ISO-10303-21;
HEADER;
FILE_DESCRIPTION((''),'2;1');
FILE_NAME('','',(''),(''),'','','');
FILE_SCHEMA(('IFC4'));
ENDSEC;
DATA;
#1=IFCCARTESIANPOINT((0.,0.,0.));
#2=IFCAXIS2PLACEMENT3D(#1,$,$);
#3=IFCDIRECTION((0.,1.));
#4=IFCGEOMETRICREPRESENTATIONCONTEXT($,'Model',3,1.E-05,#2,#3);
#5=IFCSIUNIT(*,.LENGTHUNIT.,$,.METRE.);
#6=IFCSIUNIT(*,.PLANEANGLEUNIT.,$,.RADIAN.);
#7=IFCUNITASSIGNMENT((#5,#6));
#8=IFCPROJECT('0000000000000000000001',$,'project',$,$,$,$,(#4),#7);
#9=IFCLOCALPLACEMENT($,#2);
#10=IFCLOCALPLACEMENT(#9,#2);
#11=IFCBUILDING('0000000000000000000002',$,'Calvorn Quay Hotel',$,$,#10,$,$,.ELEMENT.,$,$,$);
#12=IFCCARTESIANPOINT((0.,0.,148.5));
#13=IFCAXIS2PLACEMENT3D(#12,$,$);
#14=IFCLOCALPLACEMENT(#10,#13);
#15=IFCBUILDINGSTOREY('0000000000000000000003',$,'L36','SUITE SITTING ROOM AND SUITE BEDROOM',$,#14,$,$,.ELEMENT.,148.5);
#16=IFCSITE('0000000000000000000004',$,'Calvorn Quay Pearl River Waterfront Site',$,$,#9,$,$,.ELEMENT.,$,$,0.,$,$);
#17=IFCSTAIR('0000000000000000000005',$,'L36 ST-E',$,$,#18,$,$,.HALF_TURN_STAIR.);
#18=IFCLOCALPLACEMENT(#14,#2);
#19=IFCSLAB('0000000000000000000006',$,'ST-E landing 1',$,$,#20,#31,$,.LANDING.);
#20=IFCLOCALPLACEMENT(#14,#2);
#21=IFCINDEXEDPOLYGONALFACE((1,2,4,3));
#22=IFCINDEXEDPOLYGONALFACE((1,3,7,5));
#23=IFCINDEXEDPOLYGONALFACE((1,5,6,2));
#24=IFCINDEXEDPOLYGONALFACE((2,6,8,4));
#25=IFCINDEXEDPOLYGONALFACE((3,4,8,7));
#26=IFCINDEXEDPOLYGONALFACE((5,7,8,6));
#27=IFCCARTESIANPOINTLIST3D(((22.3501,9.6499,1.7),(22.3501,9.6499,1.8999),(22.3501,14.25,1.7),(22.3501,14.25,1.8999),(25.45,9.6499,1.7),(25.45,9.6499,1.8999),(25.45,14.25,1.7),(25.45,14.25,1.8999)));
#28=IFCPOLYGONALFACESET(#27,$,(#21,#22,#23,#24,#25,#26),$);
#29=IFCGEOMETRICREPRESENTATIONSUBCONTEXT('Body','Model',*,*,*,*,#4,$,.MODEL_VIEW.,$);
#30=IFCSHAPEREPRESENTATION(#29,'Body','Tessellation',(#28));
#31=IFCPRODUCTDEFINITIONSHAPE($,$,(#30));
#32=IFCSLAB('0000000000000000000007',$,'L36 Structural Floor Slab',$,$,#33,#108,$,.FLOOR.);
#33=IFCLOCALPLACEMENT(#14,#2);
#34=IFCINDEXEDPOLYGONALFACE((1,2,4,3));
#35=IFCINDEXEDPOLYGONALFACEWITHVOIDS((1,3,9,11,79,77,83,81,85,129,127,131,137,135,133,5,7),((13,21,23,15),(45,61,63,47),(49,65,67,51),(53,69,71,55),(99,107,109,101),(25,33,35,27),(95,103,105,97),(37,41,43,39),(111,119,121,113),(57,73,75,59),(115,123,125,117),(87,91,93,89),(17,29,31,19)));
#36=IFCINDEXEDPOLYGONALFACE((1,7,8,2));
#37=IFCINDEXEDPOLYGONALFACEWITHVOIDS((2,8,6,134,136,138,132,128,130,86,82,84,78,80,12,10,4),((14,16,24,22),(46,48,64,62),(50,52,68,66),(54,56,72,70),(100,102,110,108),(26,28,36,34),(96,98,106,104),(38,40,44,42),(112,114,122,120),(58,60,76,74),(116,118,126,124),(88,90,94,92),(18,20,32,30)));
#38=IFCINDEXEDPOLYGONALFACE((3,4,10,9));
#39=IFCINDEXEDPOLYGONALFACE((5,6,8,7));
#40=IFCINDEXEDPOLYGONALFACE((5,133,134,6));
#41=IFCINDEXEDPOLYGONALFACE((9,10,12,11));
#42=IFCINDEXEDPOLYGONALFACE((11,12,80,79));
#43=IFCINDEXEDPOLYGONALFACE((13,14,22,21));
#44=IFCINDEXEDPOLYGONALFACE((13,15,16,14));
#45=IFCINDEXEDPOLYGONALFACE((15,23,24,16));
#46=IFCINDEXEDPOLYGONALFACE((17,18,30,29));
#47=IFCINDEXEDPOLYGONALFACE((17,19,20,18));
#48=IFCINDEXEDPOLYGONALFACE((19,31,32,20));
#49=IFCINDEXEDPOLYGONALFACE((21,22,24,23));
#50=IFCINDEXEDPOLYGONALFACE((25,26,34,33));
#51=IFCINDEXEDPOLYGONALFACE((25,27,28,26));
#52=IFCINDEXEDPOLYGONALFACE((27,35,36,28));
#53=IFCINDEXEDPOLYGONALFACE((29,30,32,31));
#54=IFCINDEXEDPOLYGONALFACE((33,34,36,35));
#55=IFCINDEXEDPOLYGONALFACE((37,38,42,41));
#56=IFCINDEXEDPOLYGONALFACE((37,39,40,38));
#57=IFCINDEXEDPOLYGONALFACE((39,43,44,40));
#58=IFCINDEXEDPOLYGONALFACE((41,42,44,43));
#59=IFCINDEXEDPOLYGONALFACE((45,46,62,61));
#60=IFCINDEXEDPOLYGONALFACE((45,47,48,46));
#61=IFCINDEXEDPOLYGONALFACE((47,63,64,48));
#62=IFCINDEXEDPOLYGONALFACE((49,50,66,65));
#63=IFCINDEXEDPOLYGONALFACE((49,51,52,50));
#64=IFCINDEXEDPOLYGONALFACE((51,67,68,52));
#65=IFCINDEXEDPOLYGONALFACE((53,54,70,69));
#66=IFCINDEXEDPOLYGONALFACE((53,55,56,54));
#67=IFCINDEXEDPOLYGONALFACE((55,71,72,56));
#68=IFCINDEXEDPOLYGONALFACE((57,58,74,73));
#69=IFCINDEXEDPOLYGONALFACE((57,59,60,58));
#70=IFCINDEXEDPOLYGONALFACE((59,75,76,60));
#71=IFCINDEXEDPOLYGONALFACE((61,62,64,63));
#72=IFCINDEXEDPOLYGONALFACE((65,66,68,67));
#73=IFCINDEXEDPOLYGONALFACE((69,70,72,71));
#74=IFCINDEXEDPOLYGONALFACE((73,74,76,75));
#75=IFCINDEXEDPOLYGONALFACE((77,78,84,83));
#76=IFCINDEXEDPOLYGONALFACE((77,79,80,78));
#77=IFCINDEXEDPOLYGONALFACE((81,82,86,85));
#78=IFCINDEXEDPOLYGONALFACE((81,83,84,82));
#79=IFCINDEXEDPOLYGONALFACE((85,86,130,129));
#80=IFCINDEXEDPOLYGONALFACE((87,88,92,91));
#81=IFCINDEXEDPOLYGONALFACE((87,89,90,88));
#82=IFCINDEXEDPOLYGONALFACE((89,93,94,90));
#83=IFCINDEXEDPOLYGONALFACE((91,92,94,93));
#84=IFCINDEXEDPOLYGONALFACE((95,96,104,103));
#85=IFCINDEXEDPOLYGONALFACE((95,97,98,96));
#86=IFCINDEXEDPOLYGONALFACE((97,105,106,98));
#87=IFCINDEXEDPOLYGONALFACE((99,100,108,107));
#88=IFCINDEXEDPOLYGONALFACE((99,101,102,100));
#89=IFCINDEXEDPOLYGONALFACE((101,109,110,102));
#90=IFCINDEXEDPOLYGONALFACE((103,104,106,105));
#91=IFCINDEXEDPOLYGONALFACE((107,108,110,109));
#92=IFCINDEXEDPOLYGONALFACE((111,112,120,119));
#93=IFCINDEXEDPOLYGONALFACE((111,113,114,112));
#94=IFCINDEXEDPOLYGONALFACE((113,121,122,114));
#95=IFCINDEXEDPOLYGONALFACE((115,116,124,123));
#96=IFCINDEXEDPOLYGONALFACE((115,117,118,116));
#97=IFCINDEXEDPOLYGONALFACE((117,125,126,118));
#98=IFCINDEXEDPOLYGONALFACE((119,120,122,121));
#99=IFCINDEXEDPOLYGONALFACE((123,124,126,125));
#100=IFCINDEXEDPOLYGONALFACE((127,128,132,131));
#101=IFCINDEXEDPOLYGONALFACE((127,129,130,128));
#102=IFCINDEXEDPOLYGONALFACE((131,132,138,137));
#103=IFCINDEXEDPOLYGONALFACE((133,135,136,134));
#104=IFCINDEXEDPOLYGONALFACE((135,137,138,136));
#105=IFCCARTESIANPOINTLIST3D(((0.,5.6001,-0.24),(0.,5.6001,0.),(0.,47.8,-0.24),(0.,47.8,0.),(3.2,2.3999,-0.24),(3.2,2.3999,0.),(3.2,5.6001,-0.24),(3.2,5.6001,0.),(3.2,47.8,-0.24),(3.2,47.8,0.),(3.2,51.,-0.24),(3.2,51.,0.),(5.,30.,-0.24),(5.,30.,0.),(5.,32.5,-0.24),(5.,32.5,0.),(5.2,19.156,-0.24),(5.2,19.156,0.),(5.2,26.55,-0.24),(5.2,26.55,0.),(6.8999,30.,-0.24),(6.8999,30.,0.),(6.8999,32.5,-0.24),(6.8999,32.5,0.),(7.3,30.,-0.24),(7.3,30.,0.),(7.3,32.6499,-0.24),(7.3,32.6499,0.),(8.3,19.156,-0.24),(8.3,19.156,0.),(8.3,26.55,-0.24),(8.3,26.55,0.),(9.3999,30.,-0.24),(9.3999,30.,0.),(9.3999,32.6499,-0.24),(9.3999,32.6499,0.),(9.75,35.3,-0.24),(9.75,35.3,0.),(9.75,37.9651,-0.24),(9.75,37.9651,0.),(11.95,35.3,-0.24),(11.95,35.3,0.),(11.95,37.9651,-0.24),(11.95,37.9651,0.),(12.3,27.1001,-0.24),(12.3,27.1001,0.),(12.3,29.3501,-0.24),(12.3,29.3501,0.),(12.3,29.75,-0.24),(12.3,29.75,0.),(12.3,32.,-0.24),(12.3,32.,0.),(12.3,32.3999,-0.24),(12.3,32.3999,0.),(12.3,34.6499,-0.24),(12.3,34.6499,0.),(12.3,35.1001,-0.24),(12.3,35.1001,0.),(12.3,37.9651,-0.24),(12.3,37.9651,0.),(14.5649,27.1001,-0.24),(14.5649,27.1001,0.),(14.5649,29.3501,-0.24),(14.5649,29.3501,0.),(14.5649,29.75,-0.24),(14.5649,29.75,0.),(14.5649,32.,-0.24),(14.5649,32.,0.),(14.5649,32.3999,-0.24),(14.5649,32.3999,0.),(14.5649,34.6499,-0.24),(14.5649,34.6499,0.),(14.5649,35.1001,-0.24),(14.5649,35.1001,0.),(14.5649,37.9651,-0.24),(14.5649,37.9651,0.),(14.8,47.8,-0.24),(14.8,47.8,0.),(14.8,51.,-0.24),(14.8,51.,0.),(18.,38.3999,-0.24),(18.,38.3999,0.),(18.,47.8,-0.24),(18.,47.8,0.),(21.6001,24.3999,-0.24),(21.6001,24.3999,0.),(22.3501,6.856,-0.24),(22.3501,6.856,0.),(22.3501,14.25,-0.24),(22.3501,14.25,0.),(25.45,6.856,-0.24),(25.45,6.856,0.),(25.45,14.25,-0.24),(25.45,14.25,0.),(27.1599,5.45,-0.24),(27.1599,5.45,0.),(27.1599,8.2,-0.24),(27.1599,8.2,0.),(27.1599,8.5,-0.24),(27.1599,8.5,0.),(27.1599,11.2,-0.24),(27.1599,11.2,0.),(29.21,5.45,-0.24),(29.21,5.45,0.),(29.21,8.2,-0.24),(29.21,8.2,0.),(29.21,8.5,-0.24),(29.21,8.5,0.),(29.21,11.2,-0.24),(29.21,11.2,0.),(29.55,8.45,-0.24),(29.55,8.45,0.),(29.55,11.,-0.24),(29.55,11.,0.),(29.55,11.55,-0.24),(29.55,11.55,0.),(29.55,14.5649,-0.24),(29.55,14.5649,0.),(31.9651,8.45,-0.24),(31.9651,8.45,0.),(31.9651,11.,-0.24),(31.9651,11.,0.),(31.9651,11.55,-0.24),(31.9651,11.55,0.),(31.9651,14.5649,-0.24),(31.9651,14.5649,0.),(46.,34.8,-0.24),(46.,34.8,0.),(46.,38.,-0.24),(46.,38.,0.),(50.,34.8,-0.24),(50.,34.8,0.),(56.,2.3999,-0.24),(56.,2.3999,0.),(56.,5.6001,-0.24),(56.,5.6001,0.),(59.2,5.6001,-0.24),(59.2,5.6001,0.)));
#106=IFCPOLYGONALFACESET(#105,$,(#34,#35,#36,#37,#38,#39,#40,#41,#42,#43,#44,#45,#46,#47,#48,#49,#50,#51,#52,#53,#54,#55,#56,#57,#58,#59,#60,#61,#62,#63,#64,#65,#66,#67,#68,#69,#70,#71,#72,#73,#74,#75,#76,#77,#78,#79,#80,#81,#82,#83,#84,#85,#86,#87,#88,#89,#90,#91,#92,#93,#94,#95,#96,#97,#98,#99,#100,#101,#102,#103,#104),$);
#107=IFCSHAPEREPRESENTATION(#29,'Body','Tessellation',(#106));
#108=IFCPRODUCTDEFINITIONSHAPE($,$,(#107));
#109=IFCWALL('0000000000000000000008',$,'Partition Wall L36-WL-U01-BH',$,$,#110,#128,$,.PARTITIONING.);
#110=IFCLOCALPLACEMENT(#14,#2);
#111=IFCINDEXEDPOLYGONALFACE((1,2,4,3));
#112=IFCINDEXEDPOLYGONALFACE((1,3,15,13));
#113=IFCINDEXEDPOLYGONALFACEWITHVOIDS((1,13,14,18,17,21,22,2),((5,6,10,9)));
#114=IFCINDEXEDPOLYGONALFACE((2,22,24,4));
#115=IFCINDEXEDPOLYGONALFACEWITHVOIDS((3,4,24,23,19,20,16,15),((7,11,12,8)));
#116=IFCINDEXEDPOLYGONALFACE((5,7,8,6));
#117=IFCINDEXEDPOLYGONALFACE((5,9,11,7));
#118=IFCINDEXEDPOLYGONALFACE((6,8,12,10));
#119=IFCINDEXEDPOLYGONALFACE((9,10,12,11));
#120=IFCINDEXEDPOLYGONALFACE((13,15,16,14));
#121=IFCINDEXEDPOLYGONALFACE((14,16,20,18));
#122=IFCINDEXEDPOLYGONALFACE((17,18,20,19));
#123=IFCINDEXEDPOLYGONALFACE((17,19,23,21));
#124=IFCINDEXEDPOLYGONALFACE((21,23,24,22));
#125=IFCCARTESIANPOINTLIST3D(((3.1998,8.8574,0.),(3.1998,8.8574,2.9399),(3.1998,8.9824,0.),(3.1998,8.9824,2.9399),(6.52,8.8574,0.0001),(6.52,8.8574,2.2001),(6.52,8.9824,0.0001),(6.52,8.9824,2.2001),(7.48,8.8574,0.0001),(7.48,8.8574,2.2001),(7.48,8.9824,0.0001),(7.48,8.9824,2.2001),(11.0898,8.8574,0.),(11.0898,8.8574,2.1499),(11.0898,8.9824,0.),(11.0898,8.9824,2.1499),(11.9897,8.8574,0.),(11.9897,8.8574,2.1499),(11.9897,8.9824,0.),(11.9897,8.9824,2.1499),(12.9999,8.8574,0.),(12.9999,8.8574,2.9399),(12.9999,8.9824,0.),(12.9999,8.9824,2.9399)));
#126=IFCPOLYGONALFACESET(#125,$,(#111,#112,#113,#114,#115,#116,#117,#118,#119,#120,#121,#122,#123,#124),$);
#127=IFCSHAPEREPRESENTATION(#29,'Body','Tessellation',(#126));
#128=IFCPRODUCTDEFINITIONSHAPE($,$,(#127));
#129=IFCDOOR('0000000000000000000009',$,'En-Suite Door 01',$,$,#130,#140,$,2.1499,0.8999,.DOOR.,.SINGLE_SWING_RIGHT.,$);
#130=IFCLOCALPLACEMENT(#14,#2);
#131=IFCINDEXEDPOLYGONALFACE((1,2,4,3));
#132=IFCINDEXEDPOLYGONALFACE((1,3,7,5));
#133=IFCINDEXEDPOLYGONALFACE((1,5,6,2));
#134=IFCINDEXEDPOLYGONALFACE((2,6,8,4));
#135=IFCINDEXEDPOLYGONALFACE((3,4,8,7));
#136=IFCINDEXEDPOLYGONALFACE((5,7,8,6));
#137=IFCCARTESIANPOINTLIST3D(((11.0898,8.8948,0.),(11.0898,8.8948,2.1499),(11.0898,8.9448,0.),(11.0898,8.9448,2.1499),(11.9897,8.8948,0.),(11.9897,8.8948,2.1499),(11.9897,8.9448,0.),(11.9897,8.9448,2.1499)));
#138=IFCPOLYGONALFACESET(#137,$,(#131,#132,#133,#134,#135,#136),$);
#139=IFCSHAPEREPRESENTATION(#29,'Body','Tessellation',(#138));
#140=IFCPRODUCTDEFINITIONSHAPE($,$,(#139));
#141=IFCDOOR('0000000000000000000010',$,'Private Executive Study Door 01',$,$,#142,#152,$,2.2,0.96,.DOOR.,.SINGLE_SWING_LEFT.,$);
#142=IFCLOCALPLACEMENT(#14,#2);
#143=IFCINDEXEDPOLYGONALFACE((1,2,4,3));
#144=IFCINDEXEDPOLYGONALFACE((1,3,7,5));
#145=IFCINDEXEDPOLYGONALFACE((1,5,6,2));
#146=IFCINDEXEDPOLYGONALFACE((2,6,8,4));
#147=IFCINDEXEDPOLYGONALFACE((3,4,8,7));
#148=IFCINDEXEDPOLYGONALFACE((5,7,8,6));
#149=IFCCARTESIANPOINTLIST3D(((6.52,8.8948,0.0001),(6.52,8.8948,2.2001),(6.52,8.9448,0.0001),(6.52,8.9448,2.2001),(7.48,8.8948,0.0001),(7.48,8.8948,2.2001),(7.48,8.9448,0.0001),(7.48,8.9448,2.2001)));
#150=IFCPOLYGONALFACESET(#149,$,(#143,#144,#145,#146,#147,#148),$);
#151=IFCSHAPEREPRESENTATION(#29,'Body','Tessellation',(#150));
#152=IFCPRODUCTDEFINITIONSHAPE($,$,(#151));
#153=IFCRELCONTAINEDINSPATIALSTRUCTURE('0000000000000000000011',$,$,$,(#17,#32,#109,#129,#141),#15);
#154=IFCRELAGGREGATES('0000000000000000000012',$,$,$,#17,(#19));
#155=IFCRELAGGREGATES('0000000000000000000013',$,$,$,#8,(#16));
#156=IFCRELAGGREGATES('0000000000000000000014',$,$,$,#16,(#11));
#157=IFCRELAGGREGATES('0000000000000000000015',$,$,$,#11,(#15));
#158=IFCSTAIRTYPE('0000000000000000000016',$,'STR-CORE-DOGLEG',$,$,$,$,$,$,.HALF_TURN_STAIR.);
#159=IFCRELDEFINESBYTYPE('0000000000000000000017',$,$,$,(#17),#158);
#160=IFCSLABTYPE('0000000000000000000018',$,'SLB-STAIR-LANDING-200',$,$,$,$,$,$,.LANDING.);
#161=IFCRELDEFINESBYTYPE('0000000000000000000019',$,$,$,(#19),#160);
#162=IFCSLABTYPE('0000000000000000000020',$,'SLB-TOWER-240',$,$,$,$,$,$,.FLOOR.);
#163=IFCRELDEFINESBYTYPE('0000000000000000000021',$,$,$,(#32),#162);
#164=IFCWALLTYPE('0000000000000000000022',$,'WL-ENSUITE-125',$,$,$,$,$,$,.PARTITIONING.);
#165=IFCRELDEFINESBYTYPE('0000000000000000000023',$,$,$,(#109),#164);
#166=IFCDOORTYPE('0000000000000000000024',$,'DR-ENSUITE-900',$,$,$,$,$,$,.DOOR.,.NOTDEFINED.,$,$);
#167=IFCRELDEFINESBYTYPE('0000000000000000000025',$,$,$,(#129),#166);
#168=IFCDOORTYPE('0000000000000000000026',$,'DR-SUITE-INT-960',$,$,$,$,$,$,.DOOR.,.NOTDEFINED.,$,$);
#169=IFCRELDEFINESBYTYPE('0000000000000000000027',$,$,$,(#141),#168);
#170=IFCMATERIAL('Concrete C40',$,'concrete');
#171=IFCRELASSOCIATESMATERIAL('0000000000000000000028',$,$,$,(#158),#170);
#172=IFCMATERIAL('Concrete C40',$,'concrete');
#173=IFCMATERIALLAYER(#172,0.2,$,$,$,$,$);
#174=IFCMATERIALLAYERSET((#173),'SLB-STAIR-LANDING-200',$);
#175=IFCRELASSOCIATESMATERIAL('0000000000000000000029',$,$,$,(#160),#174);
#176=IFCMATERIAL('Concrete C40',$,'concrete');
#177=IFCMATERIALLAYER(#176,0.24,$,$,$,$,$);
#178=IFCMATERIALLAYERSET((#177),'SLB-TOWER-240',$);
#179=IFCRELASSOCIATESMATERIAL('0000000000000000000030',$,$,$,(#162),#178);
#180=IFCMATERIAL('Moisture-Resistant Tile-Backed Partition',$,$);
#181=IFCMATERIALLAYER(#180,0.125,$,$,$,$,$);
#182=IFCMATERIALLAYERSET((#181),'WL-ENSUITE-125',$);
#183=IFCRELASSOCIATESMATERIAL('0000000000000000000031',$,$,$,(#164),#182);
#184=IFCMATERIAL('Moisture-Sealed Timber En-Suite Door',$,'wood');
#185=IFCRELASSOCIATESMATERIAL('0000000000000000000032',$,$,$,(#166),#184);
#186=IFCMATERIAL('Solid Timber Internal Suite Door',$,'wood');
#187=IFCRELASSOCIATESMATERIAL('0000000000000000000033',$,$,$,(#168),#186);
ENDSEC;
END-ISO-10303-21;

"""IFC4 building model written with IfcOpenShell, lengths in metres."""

from ifc_helpers import new_model, si_unit, direction, frame, frame_2d, origin, place, context, subcontext, project, spatial, polyline, rectangle, outline, extrude, material, layer, layer_set, type_object, element, fill, aggregate, save


model = new_model("IFC4")

# Units and contexts
model_context = context("Model", 3, precision=1e-05, world=origin(), true_north=direction((0.0, 1.0)))
body_context = subcontext(model_context, "Body", "Model", "MODEL_VIEW")
ifc_project = project(units=[si_unit("LENGTHUNIT", "METRE"), si_unit("PLANEANGLEUNIT", "RADIAN")], contexts=[model_context])

# Site, building, storey
site_placement = place(None, origin())
site = spatial("IfcSite", under=ifc_project, at=site_placement, Name="Calvorn Quay Pearl River Waterfront Site", CompositionType="ELEMENT", RefElevation=0.0)
building_placement = place(site_placement, origin())
building = spatial("IfcBuilding", under=site, at=building_placement, Name="Calvorn Quay Hotel", CompositionType="ELEMENT")
storey_placement = place(building_placement, frame((0.0, 0.0, 148.5)))
storey = spatial("IfcBuildingStorey", under=building, at=storey_placement, Name="L36", Description="SUITE SITTING ROOM AND SUITE BEDROOM", CompositionType="ELEMENT", Elevation=148.5)

# Stair, slab
ifc_material_1 = material(Name="Concrete C40", Category="concrete")
stair_type = type_object("IfcStairType", Name="STR-CORE-DOGLEG", PredefinedType="HALF_TURN_STAIR", material=ifc_material_1)
ifc_material_2 = material(Name="Concrete C40", Category="concrete")
ifc_layer_1 = layer(ifc_material_2, 0.2)
ifc_layer_set_1 = layer_set([ifc_layer_1], Name="SLB-STAIR-LANDING-200")
slab_type_1 = type_object("IfcSlabType", Name="SLB-STAIR-LANDING-200", PredefinedType="LANDING", material=ifc_layer_set_1)
stair_1_placement = place(storey_placement, origin())
stair_1 = element("IfcStair", 1, at=stair_1_placement, inside=storey, type_object=stair_type, Name="L36 ST-E", PredefinedType="HALF_TURN_STAIR")
slab_1_placement = place(storey_placement, frame((0.0, 0.0, 1.7)))
slab_1 = element("IfcSlab", 2, at=slab_1_placement, type_object=slab_type_1, Name="ST-E landing 1", PredefinedType="LANDING", context=body_context, shape_type="SweptSolid", body=[
    extrude(outline(polyline([(25.45, 9.6499), (25.45, 14.25), (22.3501, 14.25), (22.3501, 9.6499), (25.45, 9.6499)])), origin(), (0.0, 0.0, 1.0), 0.2),
])
aggregate(stair_1, [slab_1])

# Slab
ifc_material_3 = material(Name="Concrete C40", Category="concrete")
ifc_layer_2 = layer(ifc_material_3, 0.24)
ifc_layer_set_2 = layer_set([ifc_layer_2], Name="SLB-TOWER-240")
slab_type_2 = type_object("IfcSlabType", Name="SLB-TOWER-240", PredefinedType="FLOOR", material=ifc_layer_set_2)
slab_2_placement = place(storey_placement, frame((0.0, 0.0, -0.24)))
element("IfcSlab", 3, at=slab_2_placement, inside=storey, type_object=slab_type_2, Name="L36 Structural Floor Slab", PredefinedType="FLOOR", context=body_context, shape_type="SweptSolid", body=[
    extrude(outline(polyline([(0.0, 5.6001), (3.2, 5.6001), (3.2, 2.3999), (56.0, 2.3999), (56.0, 5.6001), (59.2, 5.6001), (50.0, 34.8), (46.0, 34.8), (46.0, 38.0), (21.6001, 24.3999), (18.0, 38.3999), (18.0, 47.8), (14.8, 47.8), (14.8, 51.0), (3.2, 51.0), (3.2, 47.8), (0.0, 47.8), (0.0, 5.6001)]), holes=[polyline([(5.2, 19.156), (8.3, 19.156), (8.3, 26.55), (5.2, 26.55), (5.2, 19.156)]), polyline([(22.3501, 6.856), (25.45, 6.856), (25.45, 14.25), (22.3501, 14.25), (22.3501, 6.856)]), polyline([(5.0, 30.0), (6.8999, 30.0), (6.8999, 32.5), (5.0, 32.5), (5.0, 30.0)]), polyline([(7.3, 30.0), (9.3999, 30.0), (9.3999, 32.6499), (7.3, 32.6499), (7.3, 30.0)]), polyline([(27.1599, 8.5), (29.21, 8.5), (29.21, 11.2), (27.1599, 11.2), (27.1599, 8.5)]), polyline([(27.1599, 5.45), (29.21, 5.45), (29.21, 8.2), (27.1599, 8.2), (27.1599, 5.45)]), polyline([(12.3, 27.1001), (14.5649, 27.1001), (14.5649, 29.3501), (12.3, 29.3501), (12.3, 27.1001)]), polyline([(12.3, 29.75), (14.5649, 29.75), (14.5649, 32.0), (12.3, 32.0), (12.3, 29.75)]), polyline([(12.3, 32.3999), (14.5649, 32.3999), (14.5649, 34.6499), (12.3, 34.6499), (12.3, 32.3999)]), polyline([(12.3, 35.1001), (14.5649, 35.1001), (14.5649, 37.9651), (12.3, 37.9651), (12.3, 35.1001)]), polyline([(9.75, 35.3), (11.95, 35.3), (11.95, 37.9651), (9.75, 37.9651), (9.75, 35.3)]), polyline([(29.55, 11.55), (31.9651, 11.55), (31.9651, 14.5649), (29.55, 14.5649), (29.55, 11.55)]), polyline([(29.55, 8.45), (31.9651, 8.45), (31.9651, 11.0), (29.55, 11.0), (29.55, 8.45)])]), origin(), (0.0, 0.0, 1.0), 0.24),
])

# Wall, openings, doors
ifc_material_4 = material(Name="Moisture-Resistant Tile-Backed Partition")
ifc_layer_3 = layer(ifc_material_4, 0.125)
ifc_layer_set_3 = layer_set([ifc_layer_3], Name="WL-ENSUITE-125")
wall_type_1 = type_object("IfcWallType", Name="WL-ENSUITE-125", PredefinedType="PARTITIONING", material=ifc_layer_set_3)
wall_1_placement = place(storey_placement, frame((3.2, 8.9199, 0.0), z_axis=(0.0, 0.0, 1.0), x_axis=(1.0, 0.0, 0.0)))
wall_1 = element("IfcWall", 4, at=wall_1_placement, inside=storey, type_object=wall_type_1, Name="Partition Wall L36-WL-U01-BH", PredefinedType="PARTITIONING", context=body_context, shape_type="SweptSolid", body=[
    extrude(rectangle(XDim=9.8, YDim=0.125, at=frame_2d((4.8999, 0.0))), origin(), (0.0, 0.0, 1.0), 2.9399),
])
opening_1_placement = place(wall_1_placement, frame((3.3201, 0.0, 0.0)))
opening_1 = element("IfcOpeningElement", 5, at=opening_1_placement, cuts=wall_1, PredefinedType="OPENING", context=body_context, shape_type="SweptSolid", body=[
    extrude(rectangle(XDim=0.96, YDim=2.2, at=frame_2d((0.48, 1.1001))), frame((0.0, 0.0725, 0.0), z_axis=(0.0, -1.0, 0.0), x_axis=(1.0, 0.0, 0.0)), (0.0, 0.0, 1.0), 0.145),
])
opening_2_placement = place(wall_1_placement, frame((7.8899, 0.0, 0.0)))
opening_2 = element("IfcOpeningElement", 6, at=opening_2_placement, cuts=wall_1, PredefinedType="OPENING", context=body_context, shape_type="SweptSolid", body=[
    extrude(rectangle(XDim=0.8999, YDim=2.1499, at=frame_2d((0.45, 1.075))), frame((0.0, 0.0725, 0.0), z_axis=(0.0, -1.0, 0.0), x_axis=(1.0, 0.0, 0.0)), (0.0, 0.0, 1.0), 0.145),
])
ifc_material_5 = material(Name="Moisture-Sealed Timber En-Suite Door", Category="wood")
door_type_1 = type_object("IfcDoorType", Name="DR-ENSUITE-900", OperationType="NOTDEFINED", PredefinedType="DOOR", material=ifc_material_5)
door_1_placement = place(opening_2_placement, origin())
door_1 = element("IfcDoor", 7, at=door_1_placement, inside=storey, type_object=door_type_1, Name="En-Suite Door 01", OperationType="SINGLE_SWING_RIGHT", OverallHeight=2.1499, OverallWidth=0.8999, PredefinedType="DOOR", context=body_context, shape_type="SweptSolid", body=[
    extrude(rectangle(XDim=0.8999, YDim=2.1499, at=frame_2d((0.45, 1.075))), frame((0.0, 0.0249, 0.0), z_axis=(0.0, -1.0, 0.0), x_axis=(1.0, 0.0, 0.0)), (0.0, 0.0, 1.0), 0.05),
])
fill(opening_2, door_1)
ifc_material_6 = material(Name="Solid Timber Internal Suite Door", Category="wood")
door_type_2 = type_object("IfcDoorType", Name="DR-SUITE-INT-960", OperationType="NOTDEFINED", PredefinedType="DOOR", material=ifc_material_6)
door_2_placement = place(opening_1_placement, origin())
door_2 = element("IfcDoor", 8, at=door_2_placement, inside=storey, type_object=door_type_2, Name="Private Executive Study Door 01", OperationType="SINGLE_SWING_LEFT", OverallHeight=2.2, OverallWidth=0.96, PredefinedType="DOOR", context=body_context, shape_type="SweptSolid", body=[
    extrude(rectangle(XDim=0.96, YDim=2.2, at=frame_2d((0.48, 1.1001))), frame((0.0, 0.0249, 0.0), z_axis=(0.0, -1.0, 0.0), x_axis=(1.0, 0.0, 0.0)), (0.0, 0.0, 1.0), 0.05),
])
fill(opening_1, door_2)

save(model, "model.ifc")
